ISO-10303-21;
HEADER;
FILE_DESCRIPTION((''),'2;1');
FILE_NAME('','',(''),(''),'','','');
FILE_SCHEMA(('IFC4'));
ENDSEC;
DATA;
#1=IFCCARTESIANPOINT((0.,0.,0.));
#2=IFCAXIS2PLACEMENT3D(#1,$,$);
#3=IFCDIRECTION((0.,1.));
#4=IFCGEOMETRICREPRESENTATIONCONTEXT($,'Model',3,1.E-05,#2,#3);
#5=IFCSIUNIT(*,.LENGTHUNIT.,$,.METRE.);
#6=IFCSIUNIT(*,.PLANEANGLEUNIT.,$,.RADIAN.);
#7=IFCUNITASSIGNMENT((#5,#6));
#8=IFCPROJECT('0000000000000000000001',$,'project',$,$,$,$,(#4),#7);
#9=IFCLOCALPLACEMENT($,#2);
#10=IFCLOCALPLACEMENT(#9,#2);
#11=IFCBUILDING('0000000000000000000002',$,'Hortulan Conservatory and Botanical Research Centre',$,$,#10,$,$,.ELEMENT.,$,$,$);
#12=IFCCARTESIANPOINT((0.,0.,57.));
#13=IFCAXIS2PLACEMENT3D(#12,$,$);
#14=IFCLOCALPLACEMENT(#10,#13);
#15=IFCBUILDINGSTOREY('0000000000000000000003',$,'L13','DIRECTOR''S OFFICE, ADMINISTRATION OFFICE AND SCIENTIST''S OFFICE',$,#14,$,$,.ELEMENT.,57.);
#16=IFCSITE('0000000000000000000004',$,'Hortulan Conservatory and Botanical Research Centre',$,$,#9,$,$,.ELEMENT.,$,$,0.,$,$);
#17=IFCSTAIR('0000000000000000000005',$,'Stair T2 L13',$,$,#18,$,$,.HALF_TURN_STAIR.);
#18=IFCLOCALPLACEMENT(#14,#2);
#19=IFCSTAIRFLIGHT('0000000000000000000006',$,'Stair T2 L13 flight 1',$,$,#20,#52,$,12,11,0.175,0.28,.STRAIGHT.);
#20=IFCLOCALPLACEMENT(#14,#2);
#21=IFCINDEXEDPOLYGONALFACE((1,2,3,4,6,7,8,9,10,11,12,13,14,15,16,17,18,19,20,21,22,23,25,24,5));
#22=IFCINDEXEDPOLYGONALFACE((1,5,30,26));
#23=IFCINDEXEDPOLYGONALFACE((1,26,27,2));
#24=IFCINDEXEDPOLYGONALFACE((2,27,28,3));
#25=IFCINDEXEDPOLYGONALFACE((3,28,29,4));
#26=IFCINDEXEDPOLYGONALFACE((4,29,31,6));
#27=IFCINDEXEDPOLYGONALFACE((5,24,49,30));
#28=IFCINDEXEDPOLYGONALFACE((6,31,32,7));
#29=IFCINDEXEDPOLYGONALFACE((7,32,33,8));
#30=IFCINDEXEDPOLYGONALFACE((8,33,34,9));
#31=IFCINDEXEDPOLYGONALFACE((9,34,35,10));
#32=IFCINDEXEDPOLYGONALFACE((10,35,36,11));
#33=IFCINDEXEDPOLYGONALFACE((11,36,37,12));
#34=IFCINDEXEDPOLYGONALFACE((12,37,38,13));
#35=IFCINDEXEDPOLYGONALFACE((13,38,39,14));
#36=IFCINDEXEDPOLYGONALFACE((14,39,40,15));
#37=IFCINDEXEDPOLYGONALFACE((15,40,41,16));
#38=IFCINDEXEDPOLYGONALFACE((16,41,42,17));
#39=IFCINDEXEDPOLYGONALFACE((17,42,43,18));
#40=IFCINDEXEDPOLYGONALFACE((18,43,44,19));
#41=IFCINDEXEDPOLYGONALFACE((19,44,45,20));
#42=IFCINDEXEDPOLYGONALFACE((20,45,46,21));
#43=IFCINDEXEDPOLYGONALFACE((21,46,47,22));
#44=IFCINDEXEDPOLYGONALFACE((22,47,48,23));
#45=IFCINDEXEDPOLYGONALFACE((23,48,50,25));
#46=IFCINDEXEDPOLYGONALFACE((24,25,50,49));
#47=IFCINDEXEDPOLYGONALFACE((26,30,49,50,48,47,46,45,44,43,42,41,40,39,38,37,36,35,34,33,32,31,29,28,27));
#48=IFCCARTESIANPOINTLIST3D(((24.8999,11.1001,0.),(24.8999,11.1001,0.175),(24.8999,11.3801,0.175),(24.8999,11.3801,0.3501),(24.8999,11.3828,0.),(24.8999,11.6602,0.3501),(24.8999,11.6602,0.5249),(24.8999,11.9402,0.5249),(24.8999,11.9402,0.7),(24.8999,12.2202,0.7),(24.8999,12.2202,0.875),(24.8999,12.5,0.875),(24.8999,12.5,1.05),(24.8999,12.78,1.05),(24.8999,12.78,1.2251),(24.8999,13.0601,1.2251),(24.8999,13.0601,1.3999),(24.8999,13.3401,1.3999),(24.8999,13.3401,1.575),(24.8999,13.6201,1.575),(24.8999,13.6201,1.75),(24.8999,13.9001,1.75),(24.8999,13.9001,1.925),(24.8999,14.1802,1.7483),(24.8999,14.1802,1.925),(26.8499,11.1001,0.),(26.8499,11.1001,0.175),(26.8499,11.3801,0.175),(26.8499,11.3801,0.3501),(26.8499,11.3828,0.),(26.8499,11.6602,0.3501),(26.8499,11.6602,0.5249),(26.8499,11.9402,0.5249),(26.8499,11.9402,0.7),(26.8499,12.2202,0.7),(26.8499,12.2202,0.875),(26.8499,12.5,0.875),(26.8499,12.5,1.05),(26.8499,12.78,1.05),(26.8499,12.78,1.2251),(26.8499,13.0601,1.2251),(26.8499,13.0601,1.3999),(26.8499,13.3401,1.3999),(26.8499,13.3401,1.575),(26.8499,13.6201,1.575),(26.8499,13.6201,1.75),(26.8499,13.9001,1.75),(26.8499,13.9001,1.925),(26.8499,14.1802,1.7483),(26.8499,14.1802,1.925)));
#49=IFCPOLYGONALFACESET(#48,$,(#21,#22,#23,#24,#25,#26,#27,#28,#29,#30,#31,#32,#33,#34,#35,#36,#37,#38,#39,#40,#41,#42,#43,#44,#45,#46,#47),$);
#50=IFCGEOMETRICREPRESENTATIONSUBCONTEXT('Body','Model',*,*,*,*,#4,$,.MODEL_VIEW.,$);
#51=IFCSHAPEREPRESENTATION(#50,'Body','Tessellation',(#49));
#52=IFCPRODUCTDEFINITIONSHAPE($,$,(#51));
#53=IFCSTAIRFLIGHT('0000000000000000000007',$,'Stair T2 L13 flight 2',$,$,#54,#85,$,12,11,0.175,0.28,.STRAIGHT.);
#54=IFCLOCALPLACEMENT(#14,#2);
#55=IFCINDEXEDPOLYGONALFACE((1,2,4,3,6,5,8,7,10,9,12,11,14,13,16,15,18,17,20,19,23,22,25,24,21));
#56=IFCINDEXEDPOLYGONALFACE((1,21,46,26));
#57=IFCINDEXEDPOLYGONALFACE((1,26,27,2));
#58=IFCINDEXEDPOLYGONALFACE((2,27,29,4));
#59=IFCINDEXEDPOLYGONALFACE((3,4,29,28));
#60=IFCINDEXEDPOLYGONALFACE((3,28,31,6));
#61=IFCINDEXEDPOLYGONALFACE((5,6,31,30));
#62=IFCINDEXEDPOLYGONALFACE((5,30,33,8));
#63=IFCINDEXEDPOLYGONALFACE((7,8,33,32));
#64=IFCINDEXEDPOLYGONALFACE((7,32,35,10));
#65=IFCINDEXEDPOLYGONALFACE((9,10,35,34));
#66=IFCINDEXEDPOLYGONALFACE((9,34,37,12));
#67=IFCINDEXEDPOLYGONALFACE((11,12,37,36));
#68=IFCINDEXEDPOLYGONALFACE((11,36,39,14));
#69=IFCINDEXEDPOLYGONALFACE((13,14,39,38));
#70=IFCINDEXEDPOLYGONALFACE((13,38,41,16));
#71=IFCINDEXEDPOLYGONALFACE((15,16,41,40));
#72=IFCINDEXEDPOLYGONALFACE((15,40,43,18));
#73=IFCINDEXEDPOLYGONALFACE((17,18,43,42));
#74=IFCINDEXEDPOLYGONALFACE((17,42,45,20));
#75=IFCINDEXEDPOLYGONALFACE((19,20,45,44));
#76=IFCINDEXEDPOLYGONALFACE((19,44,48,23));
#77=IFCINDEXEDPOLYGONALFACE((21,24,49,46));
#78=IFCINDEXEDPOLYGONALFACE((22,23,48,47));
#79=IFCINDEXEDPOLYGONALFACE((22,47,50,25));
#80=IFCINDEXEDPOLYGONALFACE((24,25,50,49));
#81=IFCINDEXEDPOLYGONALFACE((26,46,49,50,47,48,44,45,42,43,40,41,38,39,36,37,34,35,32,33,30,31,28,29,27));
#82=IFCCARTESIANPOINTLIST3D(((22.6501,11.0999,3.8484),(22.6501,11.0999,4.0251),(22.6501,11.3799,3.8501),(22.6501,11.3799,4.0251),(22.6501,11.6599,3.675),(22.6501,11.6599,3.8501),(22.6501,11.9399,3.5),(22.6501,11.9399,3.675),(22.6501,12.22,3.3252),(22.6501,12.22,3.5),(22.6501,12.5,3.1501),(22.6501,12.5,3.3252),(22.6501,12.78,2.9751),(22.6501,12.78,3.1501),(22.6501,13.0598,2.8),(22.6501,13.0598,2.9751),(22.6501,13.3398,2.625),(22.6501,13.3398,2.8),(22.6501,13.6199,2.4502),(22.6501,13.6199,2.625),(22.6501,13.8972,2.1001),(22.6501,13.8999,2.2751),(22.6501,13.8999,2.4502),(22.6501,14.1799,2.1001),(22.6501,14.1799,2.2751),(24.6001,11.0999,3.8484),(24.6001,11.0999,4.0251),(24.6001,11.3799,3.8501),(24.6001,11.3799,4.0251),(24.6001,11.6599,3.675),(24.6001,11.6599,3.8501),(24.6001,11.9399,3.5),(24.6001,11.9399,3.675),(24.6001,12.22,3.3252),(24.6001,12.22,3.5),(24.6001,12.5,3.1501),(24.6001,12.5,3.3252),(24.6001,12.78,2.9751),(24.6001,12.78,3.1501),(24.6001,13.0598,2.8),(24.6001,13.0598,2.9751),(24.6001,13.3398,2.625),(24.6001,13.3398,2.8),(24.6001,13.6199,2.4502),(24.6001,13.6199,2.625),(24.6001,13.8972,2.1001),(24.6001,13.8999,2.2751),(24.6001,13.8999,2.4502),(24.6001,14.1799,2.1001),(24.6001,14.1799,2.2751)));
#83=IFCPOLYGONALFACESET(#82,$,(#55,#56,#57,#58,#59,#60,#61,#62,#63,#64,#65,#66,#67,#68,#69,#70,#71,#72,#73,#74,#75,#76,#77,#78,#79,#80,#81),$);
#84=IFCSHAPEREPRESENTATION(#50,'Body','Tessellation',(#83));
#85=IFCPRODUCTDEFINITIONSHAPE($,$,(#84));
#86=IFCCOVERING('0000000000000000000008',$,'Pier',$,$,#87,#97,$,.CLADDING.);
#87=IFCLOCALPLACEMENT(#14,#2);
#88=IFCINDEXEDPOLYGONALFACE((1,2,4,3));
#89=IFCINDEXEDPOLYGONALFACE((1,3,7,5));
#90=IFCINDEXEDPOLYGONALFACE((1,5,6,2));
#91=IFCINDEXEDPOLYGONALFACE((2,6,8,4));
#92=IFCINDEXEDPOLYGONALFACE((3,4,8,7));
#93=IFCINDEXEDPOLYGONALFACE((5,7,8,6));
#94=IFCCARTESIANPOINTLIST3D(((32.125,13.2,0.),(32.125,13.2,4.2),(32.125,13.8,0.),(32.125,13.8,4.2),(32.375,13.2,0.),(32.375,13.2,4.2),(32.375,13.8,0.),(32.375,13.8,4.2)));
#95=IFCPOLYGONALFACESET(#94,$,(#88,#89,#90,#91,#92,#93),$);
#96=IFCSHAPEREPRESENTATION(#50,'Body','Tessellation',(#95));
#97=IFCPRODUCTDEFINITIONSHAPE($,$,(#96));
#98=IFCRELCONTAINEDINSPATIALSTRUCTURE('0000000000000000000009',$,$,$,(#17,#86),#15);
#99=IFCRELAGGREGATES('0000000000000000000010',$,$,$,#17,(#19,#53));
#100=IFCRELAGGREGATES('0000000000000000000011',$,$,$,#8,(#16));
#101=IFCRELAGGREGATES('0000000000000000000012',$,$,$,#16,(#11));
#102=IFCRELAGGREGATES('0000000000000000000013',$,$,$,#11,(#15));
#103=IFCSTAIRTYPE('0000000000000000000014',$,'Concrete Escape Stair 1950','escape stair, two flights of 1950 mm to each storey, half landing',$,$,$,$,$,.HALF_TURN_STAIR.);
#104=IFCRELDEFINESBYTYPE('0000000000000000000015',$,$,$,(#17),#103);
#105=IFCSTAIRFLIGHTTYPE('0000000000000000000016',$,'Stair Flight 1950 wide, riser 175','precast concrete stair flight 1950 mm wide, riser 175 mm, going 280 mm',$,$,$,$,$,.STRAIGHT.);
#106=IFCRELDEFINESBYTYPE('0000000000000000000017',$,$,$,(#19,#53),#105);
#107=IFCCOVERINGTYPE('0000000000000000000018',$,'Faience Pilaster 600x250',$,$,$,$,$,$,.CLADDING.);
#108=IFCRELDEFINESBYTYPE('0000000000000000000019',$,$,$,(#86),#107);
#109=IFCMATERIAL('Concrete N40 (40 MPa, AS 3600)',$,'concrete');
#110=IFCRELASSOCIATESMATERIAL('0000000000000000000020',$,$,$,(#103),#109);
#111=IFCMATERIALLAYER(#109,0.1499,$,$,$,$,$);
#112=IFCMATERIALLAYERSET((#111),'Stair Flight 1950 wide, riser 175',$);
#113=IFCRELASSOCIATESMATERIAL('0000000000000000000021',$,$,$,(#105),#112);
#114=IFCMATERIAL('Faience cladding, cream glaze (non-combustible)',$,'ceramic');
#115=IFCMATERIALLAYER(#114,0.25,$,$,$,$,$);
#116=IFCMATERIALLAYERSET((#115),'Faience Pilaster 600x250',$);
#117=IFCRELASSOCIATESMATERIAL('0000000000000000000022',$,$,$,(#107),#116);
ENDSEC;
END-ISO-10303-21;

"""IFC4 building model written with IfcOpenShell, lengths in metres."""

from ifc_helpers import new_model, si_unit, direction, frame, origin, origin_2d, place, context, subcontext, project, spatial, polyline, rectangle, outline, extrude, material, layer, layer_set, type_object, element, aggregate, save


model = new_model("IFC4")

# Units and contexts
model_context = context("Model", 3, precision=1e-05, world=origin(), true_north=direction((0.0, 1.0)))
body_context = subcontext(model_context, "Body", "Model", "MODEL_VIEW")
ifc_project = project(units=[si_unit("LENGTHUNIT", "METRE"), si_unit("PLANEANGLEUNIT", "RADIAN")], contexts=[model_context])

# Site, building, storey
site_placement = place(None, origin())
site = spatial("IfcSite", under=ifc_project, at=site_placement, Name="Hortulan Conservatory and Botanical Research Centre", CompositionType="ELEMENT", RefElevation=0.0)
building_placement = place(site_placement, origin())
building = spatial("IfcBuilding", under=site, at=building_placement, Name="Hortulan Conservatory and Botanical Research Centre", CompositionType="ELEMENT")
storey_placement = place(building_placement, frame((0.0, 0.0, 57.0)))
storey = spatial("IfcBuildingStorey", under=building, at=storey_placement, Name="L13", Description="DIRECTOR'S OFFICE, ADMINISTRATION OFFICE AND SCIENTIST'S OFFICE", CompositionType="ELEMENT", Elevation=57.0)

# Shared definitions
ifc_material_1 = material(Name="Concrete N40 (40 MPa, AS 3600)", Category="concrete")

# Stair, stair flights
stair_type = type_object("IfcStairType", Name="Concrete Escape Stair 1950", Description="escape stair, two flights of 1950 mm to each storey, half landing", PredefinedType="HALF_TURN_STAIR", material=ifc_material_1)
stair_placement = place(storey_placement, origin())
stair = element("IfcStair", 1, at=stair_placement, inside=storey, type_object=stair_type, Name="Stair T2 L13", PredefinedType="HALF_TURN_STAIR")
ifc_layer_1 = layer(ifc_material_1, 0.1499)
ifc_layer_set_1 = layer_set([ifc_layer_1], Name="Stair Flight 1950 wide, riser 175")
stair_flight_type = type_object("IfcStairFlightType", Name="Stair Flight 1950 wide, riser 175", Description="precast concrete stair flight 1950 mm wide, riser 175 mm, going 280 mm", PredefinedType="STRAIGHT", material=ifc_layer_set_1)
stair_flight_1_placement = place(storey_placement, frame((25.875, 11.1001, 0.0), z_axis=(0.0, 0.0, 1.0), x_axis=(0.0, 1.0, 0.0)))
stair_flight_1 = element("IfcStairFlight", 2, at=stair_flight_1_placement, type_object=stair_flight_type, Name="Stair T2 L13 flight 1", NumberOfRisers=12, NumberOfTreads=11, PredefinedType="STRAIGHT", RiserHeight=0.175, TreadLength=0.28, context=body_context, shape_type="SweptSolid", body=[
    extrude(outline(polyline([(0.0, 0.0), (0.0, 0.175), (0.28, 0.175), (0.28, 0.3501), (0.5601, 0.3501), (0.5601, 0.5249), (0.8401, 0.5249), (0.8401, 0.7), (1.1201, 0.7), (1.1201, 0.875), (1.3999, 0.875), (1.3999, 1.05), (1.6799, 1.05), (1.6799, 1.2251), (1.96, 1.2251), (1.96, 1.3999), (2.24, 1.3999), (2.24, 1.575), (2.52, 1.575), (2.52, 1.75), (2.8, 1.75), (2.8, 1.925), (3.0801, 1.925), (3.0801, 2.1001), (3.0801, 1.7483), (0.2827, 0.0), (0.0, 0.0)])), frame((0.0, 0.9751, 0.0), z_axis=(0.0, -1.0, 0.0), x_axis=(1.0, 0.0, 0.0)), (0.0, 0.0, 1.0), 1.95),
])
stair_flight_2_placement = place(storey_placement, frame((23.625, 14.1799, 2.1001), z_axis=(0.0, 0.0, 1.0), x_axis=(0.0, -1.0, 0.0)))
stair_flight_2 = element("IfcStairFlight", 3, at=stair_flight_2_placement, type_object=stair_flight_type, Name="Stair T2 L13 flight 2", NumberOfRisers=12, NumberOfTreads=11, PredefinedType="STRAIGHT", RiserHeight=0.175, TreadLength=0.28, context=body_context, shape_type="SweptSolid", body=[
    extrude(outline(polyline([(0.0, 0.0), (0.0, 0.175), (0.28, 0.175), (0.28, 0.3501), (0.5601, 0.3501), (0.5601, 0.5249), (0.8401, 0.5249), (0.8401, 0.7), (1.1201, 0.7), (1.1201, 0.875), (1.3999, 0.875), (1.3999, 1.05), (1.6799, 1.05), (1.6799, 1.2251), (1.96, 1.2251), (1.96, 1.3999), (2.24, 1.3999), (2.24, 1.575), (2.52, 1.575), (2.52, 1.75), (2.8, 1.75), (2.8, 1.925), (3.0801, 1.925), (3.0801, 2.1001), (3.0801, 1.7483), (0.2827, 0.0), (0.0, 0.0)])), frame((0.0, 0.9751, 0.0), z_axis=(0.0, -1.0, 0.0), x_axis=(1.0, 0.0, 0.0)), (0.0, 0.0, 1.0), 1.95),
])
aggregate(stair, [stair_flight_1, stair_flight_2])

# Covering
ifc_material_2 = material(Name="Faience cladding, cream glaze (non-combustible)", Category="ceramic")
ifc_layer_2 = layer(ifc_material_2, 0.25)
ifc_layer_set_2 = layer_set([ifc_layer_2], Name="Faience Pilaster 600x250")
covering_type = type_object("IfcCoveringType", Name="Faience Pilaster 600x250", PredefinedType="CLADDING", material=ifc_layer_set_2)
covering_placement = place(storey_placement, frame((32.25, 13.5, 0.0), z_axis=(0.0, 0.0, 1.0), x_axis=(0.0, 1.0, 0.0)))
element("IfcCovering", 4, at=covering_placement, inside=storey, type_object=covering_type, Name="Pier", PredefinedType="CLADDING", context=body_context, shape_type="SweptSolid", body=[
    extrude(rectangle(XDim=0.6001, YDim=0.25, at=origin_2d()), origin(), (0.0, 0.0, 1.0), 4.2),
])

save(model, "model.ifc")
